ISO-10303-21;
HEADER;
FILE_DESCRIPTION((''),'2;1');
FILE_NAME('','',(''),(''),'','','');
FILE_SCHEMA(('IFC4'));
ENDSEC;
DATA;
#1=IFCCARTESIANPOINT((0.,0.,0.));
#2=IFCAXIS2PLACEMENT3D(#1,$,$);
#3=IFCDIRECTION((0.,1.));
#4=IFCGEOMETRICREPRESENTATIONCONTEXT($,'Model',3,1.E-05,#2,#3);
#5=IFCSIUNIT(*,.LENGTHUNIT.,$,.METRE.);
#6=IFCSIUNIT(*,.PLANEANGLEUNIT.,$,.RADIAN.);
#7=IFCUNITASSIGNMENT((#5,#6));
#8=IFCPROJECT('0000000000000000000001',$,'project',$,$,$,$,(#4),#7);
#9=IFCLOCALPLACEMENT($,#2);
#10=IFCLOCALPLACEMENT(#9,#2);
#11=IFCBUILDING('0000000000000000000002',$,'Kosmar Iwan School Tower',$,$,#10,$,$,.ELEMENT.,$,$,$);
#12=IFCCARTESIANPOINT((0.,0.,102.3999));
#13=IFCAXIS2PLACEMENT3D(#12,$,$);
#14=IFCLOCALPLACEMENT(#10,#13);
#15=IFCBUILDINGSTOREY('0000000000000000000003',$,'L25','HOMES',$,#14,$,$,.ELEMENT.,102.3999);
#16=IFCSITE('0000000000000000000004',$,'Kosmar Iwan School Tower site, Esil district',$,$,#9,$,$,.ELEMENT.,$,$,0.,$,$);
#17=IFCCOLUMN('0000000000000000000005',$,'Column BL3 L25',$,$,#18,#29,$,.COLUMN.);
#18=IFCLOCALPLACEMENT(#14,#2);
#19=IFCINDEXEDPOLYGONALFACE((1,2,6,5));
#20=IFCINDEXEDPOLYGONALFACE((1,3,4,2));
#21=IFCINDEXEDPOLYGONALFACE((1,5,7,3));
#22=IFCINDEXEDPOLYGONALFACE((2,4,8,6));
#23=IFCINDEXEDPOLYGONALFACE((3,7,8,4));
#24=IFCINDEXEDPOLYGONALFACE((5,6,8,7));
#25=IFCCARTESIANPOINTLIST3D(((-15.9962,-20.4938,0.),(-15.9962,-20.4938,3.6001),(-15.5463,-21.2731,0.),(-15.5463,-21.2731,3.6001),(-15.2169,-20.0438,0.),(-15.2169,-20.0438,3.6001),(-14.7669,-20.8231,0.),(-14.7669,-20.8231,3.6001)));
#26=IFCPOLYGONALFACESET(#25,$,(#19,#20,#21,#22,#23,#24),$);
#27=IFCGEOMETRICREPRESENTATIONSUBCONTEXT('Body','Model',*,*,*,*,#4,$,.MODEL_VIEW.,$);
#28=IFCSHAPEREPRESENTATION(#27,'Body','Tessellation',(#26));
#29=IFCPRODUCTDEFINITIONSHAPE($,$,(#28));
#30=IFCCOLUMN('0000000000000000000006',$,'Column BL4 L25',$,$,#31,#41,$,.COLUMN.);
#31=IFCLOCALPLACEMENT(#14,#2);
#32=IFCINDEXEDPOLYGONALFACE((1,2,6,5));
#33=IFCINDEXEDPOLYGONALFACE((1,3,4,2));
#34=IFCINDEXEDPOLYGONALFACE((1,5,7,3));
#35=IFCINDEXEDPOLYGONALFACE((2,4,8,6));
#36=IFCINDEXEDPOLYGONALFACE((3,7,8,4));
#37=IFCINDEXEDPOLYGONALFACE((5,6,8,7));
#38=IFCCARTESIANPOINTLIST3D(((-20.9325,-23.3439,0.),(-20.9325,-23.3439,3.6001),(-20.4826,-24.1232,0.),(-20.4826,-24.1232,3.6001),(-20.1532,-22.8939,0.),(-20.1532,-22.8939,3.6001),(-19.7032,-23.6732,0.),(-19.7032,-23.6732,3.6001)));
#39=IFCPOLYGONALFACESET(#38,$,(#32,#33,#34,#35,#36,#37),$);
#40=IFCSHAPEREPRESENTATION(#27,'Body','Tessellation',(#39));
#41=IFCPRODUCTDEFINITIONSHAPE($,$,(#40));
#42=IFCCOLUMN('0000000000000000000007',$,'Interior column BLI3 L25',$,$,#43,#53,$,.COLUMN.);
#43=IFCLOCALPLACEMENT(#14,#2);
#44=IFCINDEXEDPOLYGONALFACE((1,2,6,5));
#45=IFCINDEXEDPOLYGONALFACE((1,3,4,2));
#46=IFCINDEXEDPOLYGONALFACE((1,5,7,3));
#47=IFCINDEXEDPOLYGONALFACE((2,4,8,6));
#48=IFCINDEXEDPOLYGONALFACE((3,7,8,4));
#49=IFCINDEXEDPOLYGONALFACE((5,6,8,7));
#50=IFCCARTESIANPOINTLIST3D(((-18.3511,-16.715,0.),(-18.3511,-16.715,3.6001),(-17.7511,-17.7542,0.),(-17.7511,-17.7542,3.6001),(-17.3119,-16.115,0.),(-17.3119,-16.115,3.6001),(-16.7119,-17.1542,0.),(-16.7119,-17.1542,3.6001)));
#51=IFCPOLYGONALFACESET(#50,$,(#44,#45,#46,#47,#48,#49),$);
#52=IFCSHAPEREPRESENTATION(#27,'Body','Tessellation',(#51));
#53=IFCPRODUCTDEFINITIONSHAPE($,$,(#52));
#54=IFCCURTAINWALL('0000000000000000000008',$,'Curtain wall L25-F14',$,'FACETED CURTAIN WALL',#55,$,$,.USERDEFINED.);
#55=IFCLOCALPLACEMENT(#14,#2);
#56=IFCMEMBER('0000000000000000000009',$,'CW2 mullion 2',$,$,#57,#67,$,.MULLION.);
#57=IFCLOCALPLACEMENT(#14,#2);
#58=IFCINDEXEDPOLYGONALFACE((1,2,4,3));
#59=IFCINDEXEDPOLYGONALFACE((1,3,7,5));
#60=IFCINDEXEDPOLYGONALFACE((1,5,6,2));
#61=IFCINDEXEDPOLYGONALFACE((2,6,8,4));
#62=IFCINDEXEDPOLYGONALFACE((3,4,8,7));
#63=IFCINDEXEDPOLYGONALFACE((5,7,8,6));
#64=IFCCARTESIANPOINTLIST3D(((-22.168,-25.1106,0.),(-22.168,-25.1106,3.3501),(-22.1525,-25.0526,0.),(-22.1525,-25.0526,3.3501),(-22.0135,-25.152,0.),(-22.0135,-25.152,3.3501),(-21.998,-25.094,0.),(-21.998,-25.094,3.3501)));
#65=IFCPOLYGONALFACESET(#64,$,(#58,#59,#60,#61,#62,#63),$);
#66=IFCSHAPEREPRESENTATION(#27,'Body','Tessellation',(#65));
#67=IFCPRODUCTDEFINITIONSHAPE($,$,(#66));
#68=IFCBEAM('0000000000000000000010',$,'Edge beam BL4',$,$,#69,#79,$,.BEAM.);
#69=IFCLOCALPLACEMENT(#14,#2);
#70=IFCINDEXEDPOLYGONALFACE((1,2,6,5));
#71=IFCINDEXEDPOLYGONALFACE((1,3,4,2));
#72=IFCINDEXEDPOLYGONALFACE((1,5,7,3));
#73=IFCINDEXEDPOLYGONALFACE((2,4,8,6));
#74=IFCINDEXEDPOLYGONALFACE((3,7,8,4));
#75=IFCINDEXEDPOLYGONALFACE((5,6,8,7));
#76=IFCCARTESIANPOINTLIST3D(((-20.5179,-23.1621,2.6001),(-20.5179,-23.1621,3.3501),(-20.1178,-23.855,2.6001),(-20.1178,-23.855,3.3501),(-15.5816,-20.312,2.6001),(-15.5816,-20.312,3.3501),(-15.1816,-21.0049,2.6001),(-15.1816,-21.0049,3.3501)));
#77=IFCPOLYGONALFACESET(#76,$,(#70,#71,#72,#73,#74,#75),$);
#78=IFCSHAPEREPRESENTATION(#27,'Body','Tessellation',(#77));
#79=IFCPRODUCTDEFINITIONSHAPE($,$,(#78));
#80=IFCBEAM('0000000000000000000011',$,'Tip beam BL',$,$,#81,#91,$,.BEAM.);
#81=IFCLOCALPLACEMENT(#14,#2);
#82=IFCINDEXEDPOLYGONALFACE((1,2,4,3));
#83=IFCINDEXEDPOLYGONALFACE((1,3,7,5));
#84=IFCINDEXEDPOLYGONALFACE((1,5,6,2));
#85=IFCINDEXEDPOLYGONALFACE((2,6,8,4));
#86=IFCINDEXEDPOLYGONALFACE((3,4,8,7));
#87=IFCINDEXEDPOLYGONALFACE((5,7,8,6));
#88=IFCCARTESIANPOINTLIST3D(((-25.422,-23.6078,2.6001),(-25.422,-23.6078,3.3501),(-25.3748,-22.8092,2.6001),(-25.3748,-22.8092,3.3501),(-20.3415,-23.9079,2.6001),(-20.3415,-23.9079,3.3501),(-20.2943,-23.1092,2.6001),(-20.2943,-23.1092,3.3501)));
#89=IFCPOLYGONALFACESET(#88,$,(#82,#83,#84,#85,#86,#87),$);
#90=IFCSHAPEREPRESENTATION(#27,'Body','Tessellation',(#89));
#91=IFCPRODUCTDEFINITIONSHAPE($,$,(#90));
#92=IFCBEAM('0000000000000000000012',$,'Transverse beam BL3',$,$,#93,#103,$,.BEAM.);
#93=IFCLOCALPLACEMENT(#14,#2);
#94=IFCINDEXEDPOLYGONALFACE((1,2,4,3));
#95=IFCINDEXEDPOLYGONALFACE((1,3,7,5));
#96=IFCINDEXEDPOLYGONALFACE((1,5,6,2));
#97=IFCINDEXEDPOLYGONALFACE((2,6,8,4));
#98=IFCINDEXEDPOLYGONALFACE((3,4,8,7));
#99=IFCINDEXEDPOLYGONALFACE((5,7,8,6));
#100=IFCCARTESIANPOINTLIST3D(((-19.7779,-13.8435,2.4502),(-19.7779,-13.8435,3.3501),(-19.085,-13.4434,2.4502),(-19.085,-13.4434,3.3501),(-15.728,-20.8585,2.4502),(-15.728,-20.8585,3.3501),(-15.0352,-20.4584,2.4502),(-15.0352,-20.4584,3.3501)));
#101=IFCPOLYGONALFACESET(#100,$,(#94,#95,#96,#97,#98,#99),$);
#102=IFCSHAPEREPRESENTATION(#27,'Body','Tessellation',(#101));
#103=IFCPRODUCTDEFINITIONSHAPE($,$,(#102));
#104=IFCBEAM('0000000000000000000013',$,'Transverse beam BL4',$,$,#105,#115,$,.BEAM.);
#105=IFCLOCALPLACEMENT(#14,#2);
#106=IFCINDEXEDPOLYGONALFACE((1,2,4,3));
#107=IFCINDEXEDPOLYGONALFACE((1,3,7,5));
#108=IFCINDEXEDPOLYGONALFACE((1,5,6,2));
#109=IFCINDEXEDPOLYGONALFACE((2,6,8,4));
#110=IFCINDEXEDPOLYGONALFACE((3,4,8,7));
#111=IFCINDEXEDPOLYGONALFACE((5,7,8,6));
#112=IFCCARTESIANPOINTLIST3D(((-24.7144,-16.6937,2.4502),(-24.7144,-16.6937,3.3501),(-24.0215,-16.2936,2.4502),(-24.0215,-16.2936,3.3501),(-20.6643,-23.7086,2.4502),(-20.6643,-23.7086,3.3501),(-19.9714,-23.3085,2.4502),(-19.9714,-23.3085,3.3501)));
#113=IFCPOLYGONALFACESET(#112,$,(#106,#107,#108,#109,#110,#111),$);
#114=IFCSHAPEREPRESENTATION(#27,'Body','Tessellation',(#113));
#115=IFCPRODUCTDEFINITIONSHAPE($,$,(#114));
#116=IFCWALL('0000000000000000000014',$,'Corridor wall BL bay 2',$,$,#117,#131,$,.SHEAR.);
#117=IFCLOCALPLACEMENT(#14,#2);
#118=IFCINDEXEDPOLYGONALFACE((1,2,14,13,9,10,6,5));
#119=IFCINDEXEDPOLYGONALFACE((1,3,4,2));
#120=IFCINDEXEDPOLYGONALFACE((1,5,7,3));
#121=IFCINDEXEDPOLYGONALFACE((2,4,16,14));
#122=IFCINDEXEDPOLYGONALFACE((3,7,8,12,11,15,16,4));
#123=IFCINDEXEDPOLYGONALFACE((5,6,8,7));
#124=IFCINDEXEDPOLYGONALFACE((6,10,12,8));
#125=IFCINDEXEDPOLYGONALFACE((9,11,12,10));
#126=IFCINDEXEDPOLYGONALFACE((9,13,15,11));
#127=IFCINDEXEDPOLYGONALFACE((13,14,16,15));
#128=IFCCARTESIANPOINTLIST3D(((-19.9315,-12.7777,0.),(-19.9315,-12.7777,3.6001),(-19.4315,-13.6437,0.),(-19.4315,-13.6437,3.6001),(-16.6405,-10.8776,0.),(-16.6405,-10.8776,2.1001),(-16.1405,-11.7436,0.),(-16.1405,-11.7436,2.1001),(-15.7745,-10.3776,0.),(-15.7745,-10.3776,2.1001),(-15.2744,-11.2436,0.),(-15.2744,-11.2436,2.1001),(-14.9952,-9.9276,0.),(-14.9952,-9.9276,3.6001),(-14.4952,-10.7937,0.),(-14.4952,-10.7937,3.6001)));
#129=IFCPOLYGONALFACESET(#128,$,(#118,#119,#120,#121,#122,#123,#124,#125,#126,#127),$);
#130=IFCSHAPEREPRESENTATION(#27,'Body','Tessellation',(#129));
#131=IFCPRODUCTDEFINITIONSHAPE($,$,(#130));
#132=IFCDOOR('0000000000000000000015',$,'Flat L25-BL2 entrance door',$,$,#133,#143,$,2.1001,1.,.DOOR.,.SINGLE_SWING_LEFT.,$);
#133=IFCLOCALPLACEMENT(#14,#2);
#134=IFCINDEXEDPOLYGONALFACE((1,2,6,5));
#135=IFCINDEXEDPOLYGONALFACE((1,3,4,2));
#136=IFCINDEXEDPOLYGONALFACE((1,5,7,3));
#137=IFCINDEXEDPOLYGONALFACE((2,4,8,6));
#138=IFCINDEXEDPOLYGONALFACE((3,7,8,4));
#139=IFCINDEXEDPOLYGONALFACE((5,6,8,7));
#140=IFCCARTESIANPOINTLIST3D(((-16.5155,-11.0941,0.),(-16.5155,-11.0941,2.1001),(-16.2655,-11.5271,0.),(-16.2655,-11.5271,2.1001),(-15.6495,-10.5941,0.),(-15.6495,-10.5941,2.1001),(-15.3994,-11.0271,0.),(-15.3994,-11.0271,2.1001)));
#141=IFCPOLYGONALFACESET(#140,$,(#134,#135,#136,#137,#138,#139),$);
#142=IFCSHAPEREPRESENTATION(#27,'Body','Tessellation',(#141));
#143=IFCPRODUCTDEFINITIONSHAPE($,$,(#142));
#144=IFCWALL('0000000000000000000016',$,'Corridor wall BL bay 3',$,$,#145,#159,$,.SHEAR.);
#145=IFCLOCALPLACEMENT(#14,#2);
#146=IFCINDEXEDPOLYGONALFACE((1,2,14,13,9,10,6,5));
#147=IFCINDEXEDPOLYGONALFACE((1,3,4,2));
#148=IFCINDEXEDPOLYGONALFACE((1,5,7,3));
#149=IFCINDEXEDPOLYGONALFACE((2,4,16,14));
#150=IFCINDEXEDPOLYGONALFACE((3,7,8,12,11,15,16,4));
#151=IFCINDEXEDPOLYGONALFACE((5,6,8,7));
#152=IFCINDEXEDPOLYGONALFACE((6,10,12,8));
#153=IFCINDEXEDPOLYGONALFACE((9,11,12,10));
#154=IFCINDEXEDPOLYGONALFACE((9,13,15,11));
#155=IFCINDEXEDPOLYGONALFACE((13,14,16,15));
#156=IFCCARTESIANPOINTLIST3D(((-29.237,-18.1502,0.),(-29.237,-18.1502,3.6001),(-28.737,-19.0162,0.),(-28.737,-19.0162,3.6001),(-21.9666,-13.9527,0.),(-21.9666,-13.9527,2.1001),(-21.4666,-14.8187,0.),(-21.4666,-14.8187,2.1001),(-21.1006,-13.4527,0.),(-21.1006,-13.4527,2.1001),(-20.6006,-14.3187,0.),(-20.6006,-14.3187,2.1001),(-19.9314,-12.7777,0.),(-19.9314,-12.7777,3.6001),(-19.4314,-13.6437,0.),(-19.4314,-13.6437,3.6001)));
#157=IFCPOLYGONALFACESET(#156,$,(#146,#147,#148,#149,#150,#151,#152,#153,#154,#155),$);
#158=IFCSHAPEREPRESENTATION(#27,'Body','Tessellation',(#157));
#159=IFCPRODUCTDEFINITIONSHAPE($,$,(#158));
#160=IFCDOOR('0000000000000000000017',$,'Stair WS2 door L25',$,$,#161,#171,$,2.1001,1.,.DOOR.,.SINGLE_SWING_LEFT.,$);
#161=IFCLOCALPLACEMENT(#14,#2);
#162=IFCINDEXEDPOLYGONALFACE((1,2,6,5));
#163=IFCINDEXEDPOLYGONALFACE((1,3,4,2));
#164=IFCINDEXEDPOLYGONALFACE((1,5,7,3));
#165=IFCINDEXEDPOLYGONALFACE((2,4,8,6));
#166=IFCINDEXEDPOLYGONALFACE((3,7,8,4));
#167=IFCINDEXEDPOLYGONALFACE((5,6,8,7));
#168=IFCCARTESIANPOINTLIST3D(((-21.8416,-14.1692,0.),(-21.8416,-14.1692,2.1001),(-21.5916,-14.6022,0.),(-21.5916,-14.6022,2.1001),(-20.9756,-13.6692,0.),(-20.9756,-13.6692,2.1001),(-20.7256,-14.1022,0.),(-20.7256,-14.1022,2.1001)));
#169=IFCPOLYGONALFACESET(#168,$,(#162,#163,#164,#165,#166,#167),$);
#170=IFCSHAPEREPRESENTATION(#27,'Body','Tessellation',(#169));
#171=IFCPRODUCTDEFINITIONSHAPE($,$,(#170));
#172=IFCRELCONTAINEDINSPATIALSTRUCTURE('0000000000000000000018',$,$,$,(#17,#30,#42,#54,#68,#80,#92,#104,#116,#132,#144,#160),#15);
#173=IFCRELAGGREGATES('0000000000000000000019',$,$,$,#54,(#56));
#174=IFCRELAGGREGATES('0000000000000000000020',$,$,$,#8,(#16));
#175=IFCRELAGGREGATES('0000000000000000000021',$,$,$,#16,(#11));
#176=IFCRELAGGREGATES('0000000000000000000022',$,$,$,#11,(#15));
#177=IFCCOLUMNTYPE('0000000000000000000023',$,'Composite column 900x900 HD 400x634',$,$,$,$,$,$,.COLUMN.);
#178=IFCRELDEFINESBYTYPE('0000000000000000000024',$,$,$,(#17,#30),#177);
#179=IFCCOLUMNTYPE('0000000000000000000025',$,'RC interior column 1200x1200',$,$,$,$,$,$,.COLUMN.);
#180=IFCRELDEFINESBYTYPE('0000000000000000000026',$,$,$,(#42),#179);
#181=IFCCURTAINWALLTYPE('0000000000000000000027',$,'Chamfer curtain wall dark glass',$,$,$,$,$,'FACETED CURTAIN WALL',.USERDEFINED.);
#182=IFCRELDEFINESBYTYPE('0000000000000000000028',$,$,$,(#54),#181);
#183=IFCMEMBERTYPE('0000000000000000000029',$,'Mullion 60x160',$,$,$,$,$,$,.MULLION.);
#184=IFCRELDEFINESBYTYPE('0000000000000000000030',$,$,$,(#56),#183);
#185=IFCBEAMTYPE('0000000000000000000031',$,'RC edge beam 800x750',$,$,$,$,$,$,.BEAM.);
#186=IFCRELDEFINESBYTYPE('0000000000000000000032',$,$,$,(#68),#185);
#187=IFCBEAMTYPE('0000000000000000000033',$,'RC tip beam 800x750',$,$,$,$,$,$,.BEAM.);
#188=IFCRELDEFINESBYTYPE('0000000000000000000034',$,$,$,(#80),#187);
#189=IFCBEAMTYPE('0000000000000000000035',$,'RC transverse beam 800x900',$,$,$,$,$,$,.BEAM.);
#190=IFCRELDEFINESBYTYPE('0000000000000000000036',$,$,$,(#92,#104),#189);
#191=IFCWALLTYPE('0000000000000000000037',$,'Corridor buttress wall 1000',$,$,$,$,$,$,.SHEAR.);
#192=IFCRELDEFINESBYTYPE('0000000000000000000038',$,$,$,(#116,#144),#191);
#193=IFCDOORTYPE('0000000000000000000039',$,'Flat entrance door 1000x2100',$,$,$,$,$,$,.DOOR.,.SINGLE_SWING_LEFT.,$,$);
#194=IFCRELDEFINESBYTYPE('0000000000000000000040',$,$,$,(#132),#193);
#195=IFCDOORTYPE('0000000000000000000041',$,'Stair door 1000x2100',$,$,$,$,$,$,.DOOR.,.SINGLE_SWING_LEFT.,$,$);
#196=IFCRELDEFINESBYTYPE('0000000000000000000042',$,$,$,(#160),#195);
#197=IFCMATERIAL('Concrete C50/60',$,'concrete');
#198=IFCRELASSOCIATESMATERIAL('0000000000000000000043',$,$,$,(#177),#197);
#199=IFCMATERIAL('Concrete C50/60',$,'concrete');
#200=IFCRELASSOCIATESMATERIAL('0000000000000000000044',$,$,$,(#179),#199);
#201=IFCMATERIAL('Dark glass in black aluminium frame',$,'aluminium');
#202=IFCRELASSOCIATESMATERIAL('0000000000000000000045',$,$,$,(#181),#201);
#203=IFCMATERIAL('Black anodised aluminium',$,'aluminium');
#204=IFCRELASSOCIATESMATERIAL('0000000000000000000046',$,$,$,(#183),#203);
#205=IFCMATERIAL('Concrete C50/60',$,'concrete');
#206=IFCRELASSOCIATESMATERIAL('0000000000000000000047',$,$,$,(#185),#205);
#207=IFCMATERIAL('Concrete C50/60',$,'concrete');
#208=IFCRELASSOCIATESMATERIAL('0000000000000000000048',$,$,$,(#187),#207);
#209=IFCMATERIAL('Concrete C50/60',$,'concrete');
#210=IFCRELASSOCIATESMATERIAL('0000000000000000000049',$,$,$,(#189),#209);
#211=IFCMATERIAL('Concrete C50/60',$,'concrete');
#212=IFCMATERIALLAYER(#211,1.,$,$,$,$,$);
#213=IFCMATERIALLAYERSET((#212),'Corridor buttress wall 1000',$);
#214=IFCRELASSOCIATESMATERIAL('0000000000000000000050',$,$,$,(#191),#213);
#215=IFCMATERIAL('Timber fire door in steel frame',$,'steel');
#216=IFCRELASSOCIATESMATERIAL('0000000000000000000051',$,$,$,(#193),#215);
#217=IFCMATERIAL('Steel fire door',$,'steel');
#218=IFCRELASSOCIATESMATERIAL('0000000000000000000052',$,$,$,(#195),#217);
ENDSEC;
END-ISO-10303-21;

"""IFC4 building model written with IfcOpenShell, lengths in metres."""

from ifc_helpers import new_model, si_unit, direction, frame, frame_2d, origin, origin_2d, place, context, subcontext, project, spatial, rectangle, extrude, material, layer, layer_set, material_profile, profile_set, type_object, element, fill, aggregate, save


model = new_model("IFC4")

# Units and contexts
model_context = context("Model", 3, precision=1e-05, world=origin(), true_north=direction((0.0, 1.0)))
body_context = subcontext(model_context, "Body", "Model", "MODEL_VIEW")
ifc_project = project(units=[si_unit("LENGTHUNIT", "METRE"), si_unit("PLANEANGLEUNIT", "RADIAN")], contexts=[model_context])

# Site, building, storey
site_placement = place(None, origin())
site = spatial("IfcSite", under=ifc_project, at=site_placement, Name="Kosmar Iwan School Tower site, Esil district", CompositionType="ELEMENT", RefElevation=0.0)
building_placement = place(site_placement, origin())
building = spatial("IfcBuilding", under=site, at=building_placement, Name="Kosmar Iwan School Tower", CompositionType="ELEMENT")
storey_placement = place(building_placement, frame((0.0, 0.0, 102.3999)))
storey = spatial("IfcBuildingStorey", under=building, at=storey_placement, Name="L25", Description="HOMES", CompositionType="ELEMENT", Elevation=102.3999)

# Columns
ifc_material_1 = material(Name="Concrete C50/60", Category="concrete")
ifc_material_profile_1 = material_profile(ifc_material_1, rectangle(XDim=0.8999, YDim=0.8999, at=origin_2d()), Name="RC 900x900 + HD 400x634")
ifc_profile_set_1 = profile_set([ifc_material_profile_1], Name="Concrete C50/60")
column_type_1 = type_object("IfcColumnType", Name="Composite column 900x900 HD 400x634", PredefinedType="COLUMN", material=ifc_profile_set_1)
for number, where, z_axis, x_axis, name in (
    (1, (-15.3816, -20.6584, 0.0), (0.0, 0.0, 1.0), (-0.866025, -0.5, 0.0), "Column BL3 L25"),
    (2, (-20.3179, -23.5085, 0.0), (0.0, 0.0, 1.0), (-0.866025, -0.5, 0.0), "Column BL4 L25"),
):
    element("IfcColumn", number, at=place(storey_placement, frame(where, z_axis=z_axis, x_axis=x_axis)), inside=storey, type_object=column_type_1, Name=name, PredefinedType="COLUMN", context=body_context, shape_type="SweptSolid", body=[
        extrude(rectangle(XDim=0.8999, YDim=0.8999, at=origin_2d()), origin(), (0.0, 0.0, 1.0), 3.6001),
    ])
ifc_material_2 = material(Name="Concrete C50/60", Category="concrete")
ifc_material_profile_2 = material_profile(ifc_material_2, rectangle(XDim=1.2, YDim=1.2, at=origin_2d()), Name="RC 1200x1200")
ifc_profile_set_2 = profile_set([ifc_material_profile_2], Name="Concrete C50/60")
column_type_2 = type_object("IfcColumnType", Name="RC interior column 1200x1200", PredefinedType="COLUMN", material=ifc_profile_set_2)
column_placement = place(storey_placement, frame((-17.5315, -16.9346, 0.0), z_axis=(0.0, 0.0, 1.0), x_axis=(-0.866025, -0.5, 0.0)))
element("IfcColumn", 3, at=column_placement, inside=storey, type_object=column_type_2, Name="Interior column BLI3 L25", PredefinedType="COLUMN", context=body_context, shape_type="SweptSolid", body=[
    extrude(rectangle(XDim=1.2, YDim=1.2, at=origin_2d()), origin(), (0.0, 0.0, 1.0), 3.6001),
])

# Curtain wall, member
ifc_material_3 = material(Name="Dark glass in black aluminium frame", Category="aluminium")
curtain_wall_type = type_object("IfcCurtainWallType", Name="Chamfer curtain wall dark glass", ElementType="FACETED CURTAIN WALL", PredefinedType="USERDEFINED", material=ifc_material_3)
curtain_wall_placement = place(storey_placement, origin())
curtain_wall = element("IfcCurtainWall", 4, at=curtain_wall_placement, inside=storey, type_object=curtain_wall_type, Name="Curtain wall L25-F14", ObjectType="FACETED CURTAIN WALL", PredefinedType="USERDEFINED")
ifc_material_4 = material(Name="Black anodised aluminium", Category="aluminium")
ifc_material_profile_3 = material_profile(ifc_material_4, rectangle(XDim=0.0601, YDim=0.1599, at=origin_2d()), Name="MULLION 60x160")
ifc_profile_set_3 = profile_set([ifc_material_profile_3], Name="Black anodised aluminium")
member_type = type_object("IfcMemberType", Name="Mullion 60x160", PredefinedType="MULLION", material=ifc_profile_set_3)
member_placement = place(storey_placement, frame((-22.083, -25.1023, 0.0), z_axis=(0.0, 0.0, 1.0), x_axis=(0.258819, 0.965926, 0.0)))
member = element("IfcMember", 5, at=member_placement, type_object=member_type, Name="CW2 mullion 2", PredefinedType="MULLION", context=body_context, shape_type="SweptSolid", body=[
    extrude(rectangle(XDim=0.0601, YDim=0.1599, at=origin_2d()), origin(), (0.0, 0.0, 1.0), 3.3501),
])
aggregate(curtain_wall, [member])

# Beams
ifc_material_5 = material(Name="Concrete C50/60", Category="concrete")
ifc_material_profile_4 = material_profile(ifc_material_5, rectangle(XDim=0.8, YDim=0.75, at=origin_2d()), Name="RC 800x750")
ifc_profile_set_4 = profile_set([ifc_material_profile_4], Name="Concrete C50/60")
beam_type_1 = type_object("IfcBeamType", Name="RC edge beam 800x750", PredefinedType="BEAM", material=ifc_profile_set_4)
beam_1_placement = place(storey_placement, frame((-15.3816, -20.6584, 2.9751), z_axis=(-0.866015, -0.500018, 0.0), x_axis=(0.500018, -0.866015, 0.0)))
element("IfcBeam", 6, at=beam_1_placement, inside=storey, type_object=beam_type_1, Name="Edge beam BL4", PredefinedType="BEAM", context=body_context, shape_type="SweptSolid", body=[
    extrude(rectangle(XDim=0.8, YDim=0.75, at=origin_2d()), origin(), (0.0, 0.0, 1.0), 5.7),
])
ifc_material_6 = material(Name="Concrete C50/60", Category="concrete")
ifc_material_profile_5 = material_profile(ifc_material_6, rectangle(XDim=0.8, YDim=0.75, at=origin_2d()), Name="RC 800x750")
ifc_profile_set_5 = profile_set([ifc_material_profile_5], Name="Concrete C50/60")
beam_type_2 = type_object("IfcBeamType", Name="RC tip beam 800x750", PredefinedType="BEAM", material=ifc_profile_set_5)
beam_2_placement = place(storey_placement, frame((-20.3179, -23.5085, 2.9751), z_axis=(-0.998261, 0.058955, 0.0), x_axis=(-0.058955, -0.998261, 0.0)))
element("IfcBeam", 7, at=beam_2_placement, inside=storey, type_object=beam_type_2, Name="Tip beam BL", PredefinedType="BEAM", context=body_context, shape_type="SweptSolid", body=[
    extrude(rectangle(XDim=0.8, YDim=0.75, at=origin_2d()), origin(), (0.0, 0.0, 1.0), 5.0894),
])
ifc_material_7 = material(Name="Concrete C50/60", Category="concrete")
ifc_material_profile_6 = material_profile(ifc_material_7, rectangle(XDim=0.8, YDim=0.8999, at=origin_2d()), Name="RC 800x900")
ifc_profile_set_6 = profile_set([ifc_material_profile_6], Name="Concrete C50/60")
beam_type_3 = type_object("IfcBeamType", Name="RC transverse beam 800x900", PredefinedType="BEAM", material=ifc_profile_set_6)
for number, where, z_axis, x_axis, name in (
    (8, (-15.3816, -20.6584, 2.9001), (-0.499977, 0.866039, 0.0), (-0.866039, -0.499977, 0.0), "Transverse beam BL3"),
    (9, (-20.3179, -23.5085, 2.9001), (-0.5, 0.866025, 0.0), (-0.866025, -0.5, 0.0), "Transverse beam BL4"),
):
    element("IfcBeam", number, at=place(storey_placement, frame(where, z_axis=z_axis, x_axis=x_axis)), inside=storey, type_object=beam_type_3, Name=name, PredefinedType="BEAM", context=body_context, shape_type="SweptSolid", body=[
        extrude(rectangle(XDim=0.8, YDim=0.8999, at=origin_2d()), origin(), (0.0, 0.0, 1.0), 8.1001),
    ])

# Walls, openings, doors
ifc_material_8 = material(Name="Concrete C50/60", Category="concrete")
ifc_layer_1 = layer(ifc_material_8, 1.0)
ifc_layer_set_1 = layer_set([ifc_layer_1], Name="Corridor buttress wall 1000")
wall_type_1 = type_object("IfcWallType", Name="Corridor buttress wall 1000", PredefinedType="SHEAR", material=ifc_layer_set_1)
wall_1_placement = place(storey_placement, frame((-14.7451, -10.3606, 0.0), z_axis=(0.0, 0.0, 1.0), x_axis=(-0.866015, -0.500018, 0.0)))
wall_1 = element("IfcWall", 10, at=wall_1_placement, inside=storey, type_object=wall_type_1, Name="Corridor wall BL bay 2", PredefinedType="SHEAR", context=body_context, shape_type="SweptSolid", body=[
    extrude(rectangle(XDim=5.7, YDim=1.0, at=frame_2d((2.8501, 0.0))), origin(), (0.0, 0.0, 1.0), 3.6001),
])
opening_1_placement = place(wall_1_placement, frame((0.8999, 0.0, 0.0)))
opening_1 = element("IfcOpeningElement", 11, at=opening_1_placement, cuts=wall_1, PredefinedType="OPENING", context=body_context, shape_type="SweptSolid", body=[
    extrude(rectangle(XDim=1.0, YDim=2.1001, at=frame_2d((0.5, 1.05))), frame((0.0, 0.512, 0.0), z_axis=(0.0, -1.0, 0.0), x_axis=(1.0, 0.0, 0.0)), (0.0, 0.0, 1.0), 1.0239),
])
ifc_material_9 = material(Name="Timber fire door in steel frame", Category="steel")
door_type_1 = type_object("IfcDoorType", Name="Flat entrance door 1000x2100", OperationType="SINGLE_SWING_LEFT", PredefinedType="DOOR", material=ifc_material_9)
door_1_placement = place(opening_1_placement, origin())
door_1 = element("IfcDoor", 12, at=door_1_placement, inside=storey, type_object=door_type_1, Name="Flat L25-BL2 entrance door", OperationType="SINGLE_SWING_LEFT", OverallHeight=2.1001, OverallWidth=1.0, PredefinedType="DOOR", context=body_context, shape_type="SweptSolid", body=[
    extrude(rectangle(XDim=1.0, YDim=2.1001, at=frame_2d((0.5, 1.05))), frame((0.0, 0.25, 0.0), z_axis=(0.0, -1.0, 0.0), x_axis=(1.0, 0.0, 0.0)), (0.0, 0.0, 1.0), 0.5),
])
fill(opening_1, door_1)
wall_2_placement = place(storey_placement, frame((-19.6814, -13.2107, 0.0), z_axis=(0.0, 0.0, 1.0), x_axis=(-0.866028, -0.499995, 0.0)))
wall_2 = element("IfcWall", 13, at=wall_2_placement, inside=storey, type_object=wall_type_1, Name="Corridor wall BL bay 3", PredefinedType="SHEAR", context=body_context, shape_type="SweptSolid", body=[
    extrude(rectangle(XDim=10.7451, YDim=1.0, at=frame_2d((5.3726, 0.0))), origin(), (0.0, 0.0, 1.0), 3.6001),
])
opening_2_placement = place(wall_2_placement, frame((1.3501, 0.0, 0.0)))
opening_2 = element("IfcOpeningElement", 14, at=opening_2_placement, cuts=wall_2, PredefinedType="OPENING", context=body_context, shape_type="SweptSolid", body=[
    extrude(rectangle(XDim=1.0, YDim=2.1001, at=frame_2d((0.5, 1.05))), frame((0.0, 0.512, 0.0), z_axis=(0.0, -1.0, 0.0), x_axis=(1.0, 0.0, 0.0)), (0.0, 0.0, 1.0), 1.0239),
])
ifc_material_10 = material(Name="Steel fire door", Category="steel")
door_type_2 = type_object("IfcDoorType", Name="Stair door 1000x2100", OperationType="SINGLE_SWING_LEFT", PredefinedType="DOOR", material=ifc_material_10)
door_2_placement = place(opening_2_placement, origin())
door_2 = element("IfcDoor", 15, at=door_2_placement, inside=storey, type_object=door_type_2, Name="Stair WS2 door L25", OperationType="SINGLE_SWING_LEFT", OverallHeight=2.1001, OverallWidth=1.0, PredefinedType="DOOR", context=body_context, shape_type="SweptSolid", body=[
    extrude(rectangle(XDim=1.0, YDim=2.1001, at=frame_2d((0.5, 1.05))), frame((0.0, 0.25, 0.0), z_axis=(0.0, -1.0, 0.0), x_axis=(1.0, 0.0, 0.0)), (0.0, 0.0, 1.0), 0.5),
])
fill(opening_2, door_2)

save(model, "model.ifc")
